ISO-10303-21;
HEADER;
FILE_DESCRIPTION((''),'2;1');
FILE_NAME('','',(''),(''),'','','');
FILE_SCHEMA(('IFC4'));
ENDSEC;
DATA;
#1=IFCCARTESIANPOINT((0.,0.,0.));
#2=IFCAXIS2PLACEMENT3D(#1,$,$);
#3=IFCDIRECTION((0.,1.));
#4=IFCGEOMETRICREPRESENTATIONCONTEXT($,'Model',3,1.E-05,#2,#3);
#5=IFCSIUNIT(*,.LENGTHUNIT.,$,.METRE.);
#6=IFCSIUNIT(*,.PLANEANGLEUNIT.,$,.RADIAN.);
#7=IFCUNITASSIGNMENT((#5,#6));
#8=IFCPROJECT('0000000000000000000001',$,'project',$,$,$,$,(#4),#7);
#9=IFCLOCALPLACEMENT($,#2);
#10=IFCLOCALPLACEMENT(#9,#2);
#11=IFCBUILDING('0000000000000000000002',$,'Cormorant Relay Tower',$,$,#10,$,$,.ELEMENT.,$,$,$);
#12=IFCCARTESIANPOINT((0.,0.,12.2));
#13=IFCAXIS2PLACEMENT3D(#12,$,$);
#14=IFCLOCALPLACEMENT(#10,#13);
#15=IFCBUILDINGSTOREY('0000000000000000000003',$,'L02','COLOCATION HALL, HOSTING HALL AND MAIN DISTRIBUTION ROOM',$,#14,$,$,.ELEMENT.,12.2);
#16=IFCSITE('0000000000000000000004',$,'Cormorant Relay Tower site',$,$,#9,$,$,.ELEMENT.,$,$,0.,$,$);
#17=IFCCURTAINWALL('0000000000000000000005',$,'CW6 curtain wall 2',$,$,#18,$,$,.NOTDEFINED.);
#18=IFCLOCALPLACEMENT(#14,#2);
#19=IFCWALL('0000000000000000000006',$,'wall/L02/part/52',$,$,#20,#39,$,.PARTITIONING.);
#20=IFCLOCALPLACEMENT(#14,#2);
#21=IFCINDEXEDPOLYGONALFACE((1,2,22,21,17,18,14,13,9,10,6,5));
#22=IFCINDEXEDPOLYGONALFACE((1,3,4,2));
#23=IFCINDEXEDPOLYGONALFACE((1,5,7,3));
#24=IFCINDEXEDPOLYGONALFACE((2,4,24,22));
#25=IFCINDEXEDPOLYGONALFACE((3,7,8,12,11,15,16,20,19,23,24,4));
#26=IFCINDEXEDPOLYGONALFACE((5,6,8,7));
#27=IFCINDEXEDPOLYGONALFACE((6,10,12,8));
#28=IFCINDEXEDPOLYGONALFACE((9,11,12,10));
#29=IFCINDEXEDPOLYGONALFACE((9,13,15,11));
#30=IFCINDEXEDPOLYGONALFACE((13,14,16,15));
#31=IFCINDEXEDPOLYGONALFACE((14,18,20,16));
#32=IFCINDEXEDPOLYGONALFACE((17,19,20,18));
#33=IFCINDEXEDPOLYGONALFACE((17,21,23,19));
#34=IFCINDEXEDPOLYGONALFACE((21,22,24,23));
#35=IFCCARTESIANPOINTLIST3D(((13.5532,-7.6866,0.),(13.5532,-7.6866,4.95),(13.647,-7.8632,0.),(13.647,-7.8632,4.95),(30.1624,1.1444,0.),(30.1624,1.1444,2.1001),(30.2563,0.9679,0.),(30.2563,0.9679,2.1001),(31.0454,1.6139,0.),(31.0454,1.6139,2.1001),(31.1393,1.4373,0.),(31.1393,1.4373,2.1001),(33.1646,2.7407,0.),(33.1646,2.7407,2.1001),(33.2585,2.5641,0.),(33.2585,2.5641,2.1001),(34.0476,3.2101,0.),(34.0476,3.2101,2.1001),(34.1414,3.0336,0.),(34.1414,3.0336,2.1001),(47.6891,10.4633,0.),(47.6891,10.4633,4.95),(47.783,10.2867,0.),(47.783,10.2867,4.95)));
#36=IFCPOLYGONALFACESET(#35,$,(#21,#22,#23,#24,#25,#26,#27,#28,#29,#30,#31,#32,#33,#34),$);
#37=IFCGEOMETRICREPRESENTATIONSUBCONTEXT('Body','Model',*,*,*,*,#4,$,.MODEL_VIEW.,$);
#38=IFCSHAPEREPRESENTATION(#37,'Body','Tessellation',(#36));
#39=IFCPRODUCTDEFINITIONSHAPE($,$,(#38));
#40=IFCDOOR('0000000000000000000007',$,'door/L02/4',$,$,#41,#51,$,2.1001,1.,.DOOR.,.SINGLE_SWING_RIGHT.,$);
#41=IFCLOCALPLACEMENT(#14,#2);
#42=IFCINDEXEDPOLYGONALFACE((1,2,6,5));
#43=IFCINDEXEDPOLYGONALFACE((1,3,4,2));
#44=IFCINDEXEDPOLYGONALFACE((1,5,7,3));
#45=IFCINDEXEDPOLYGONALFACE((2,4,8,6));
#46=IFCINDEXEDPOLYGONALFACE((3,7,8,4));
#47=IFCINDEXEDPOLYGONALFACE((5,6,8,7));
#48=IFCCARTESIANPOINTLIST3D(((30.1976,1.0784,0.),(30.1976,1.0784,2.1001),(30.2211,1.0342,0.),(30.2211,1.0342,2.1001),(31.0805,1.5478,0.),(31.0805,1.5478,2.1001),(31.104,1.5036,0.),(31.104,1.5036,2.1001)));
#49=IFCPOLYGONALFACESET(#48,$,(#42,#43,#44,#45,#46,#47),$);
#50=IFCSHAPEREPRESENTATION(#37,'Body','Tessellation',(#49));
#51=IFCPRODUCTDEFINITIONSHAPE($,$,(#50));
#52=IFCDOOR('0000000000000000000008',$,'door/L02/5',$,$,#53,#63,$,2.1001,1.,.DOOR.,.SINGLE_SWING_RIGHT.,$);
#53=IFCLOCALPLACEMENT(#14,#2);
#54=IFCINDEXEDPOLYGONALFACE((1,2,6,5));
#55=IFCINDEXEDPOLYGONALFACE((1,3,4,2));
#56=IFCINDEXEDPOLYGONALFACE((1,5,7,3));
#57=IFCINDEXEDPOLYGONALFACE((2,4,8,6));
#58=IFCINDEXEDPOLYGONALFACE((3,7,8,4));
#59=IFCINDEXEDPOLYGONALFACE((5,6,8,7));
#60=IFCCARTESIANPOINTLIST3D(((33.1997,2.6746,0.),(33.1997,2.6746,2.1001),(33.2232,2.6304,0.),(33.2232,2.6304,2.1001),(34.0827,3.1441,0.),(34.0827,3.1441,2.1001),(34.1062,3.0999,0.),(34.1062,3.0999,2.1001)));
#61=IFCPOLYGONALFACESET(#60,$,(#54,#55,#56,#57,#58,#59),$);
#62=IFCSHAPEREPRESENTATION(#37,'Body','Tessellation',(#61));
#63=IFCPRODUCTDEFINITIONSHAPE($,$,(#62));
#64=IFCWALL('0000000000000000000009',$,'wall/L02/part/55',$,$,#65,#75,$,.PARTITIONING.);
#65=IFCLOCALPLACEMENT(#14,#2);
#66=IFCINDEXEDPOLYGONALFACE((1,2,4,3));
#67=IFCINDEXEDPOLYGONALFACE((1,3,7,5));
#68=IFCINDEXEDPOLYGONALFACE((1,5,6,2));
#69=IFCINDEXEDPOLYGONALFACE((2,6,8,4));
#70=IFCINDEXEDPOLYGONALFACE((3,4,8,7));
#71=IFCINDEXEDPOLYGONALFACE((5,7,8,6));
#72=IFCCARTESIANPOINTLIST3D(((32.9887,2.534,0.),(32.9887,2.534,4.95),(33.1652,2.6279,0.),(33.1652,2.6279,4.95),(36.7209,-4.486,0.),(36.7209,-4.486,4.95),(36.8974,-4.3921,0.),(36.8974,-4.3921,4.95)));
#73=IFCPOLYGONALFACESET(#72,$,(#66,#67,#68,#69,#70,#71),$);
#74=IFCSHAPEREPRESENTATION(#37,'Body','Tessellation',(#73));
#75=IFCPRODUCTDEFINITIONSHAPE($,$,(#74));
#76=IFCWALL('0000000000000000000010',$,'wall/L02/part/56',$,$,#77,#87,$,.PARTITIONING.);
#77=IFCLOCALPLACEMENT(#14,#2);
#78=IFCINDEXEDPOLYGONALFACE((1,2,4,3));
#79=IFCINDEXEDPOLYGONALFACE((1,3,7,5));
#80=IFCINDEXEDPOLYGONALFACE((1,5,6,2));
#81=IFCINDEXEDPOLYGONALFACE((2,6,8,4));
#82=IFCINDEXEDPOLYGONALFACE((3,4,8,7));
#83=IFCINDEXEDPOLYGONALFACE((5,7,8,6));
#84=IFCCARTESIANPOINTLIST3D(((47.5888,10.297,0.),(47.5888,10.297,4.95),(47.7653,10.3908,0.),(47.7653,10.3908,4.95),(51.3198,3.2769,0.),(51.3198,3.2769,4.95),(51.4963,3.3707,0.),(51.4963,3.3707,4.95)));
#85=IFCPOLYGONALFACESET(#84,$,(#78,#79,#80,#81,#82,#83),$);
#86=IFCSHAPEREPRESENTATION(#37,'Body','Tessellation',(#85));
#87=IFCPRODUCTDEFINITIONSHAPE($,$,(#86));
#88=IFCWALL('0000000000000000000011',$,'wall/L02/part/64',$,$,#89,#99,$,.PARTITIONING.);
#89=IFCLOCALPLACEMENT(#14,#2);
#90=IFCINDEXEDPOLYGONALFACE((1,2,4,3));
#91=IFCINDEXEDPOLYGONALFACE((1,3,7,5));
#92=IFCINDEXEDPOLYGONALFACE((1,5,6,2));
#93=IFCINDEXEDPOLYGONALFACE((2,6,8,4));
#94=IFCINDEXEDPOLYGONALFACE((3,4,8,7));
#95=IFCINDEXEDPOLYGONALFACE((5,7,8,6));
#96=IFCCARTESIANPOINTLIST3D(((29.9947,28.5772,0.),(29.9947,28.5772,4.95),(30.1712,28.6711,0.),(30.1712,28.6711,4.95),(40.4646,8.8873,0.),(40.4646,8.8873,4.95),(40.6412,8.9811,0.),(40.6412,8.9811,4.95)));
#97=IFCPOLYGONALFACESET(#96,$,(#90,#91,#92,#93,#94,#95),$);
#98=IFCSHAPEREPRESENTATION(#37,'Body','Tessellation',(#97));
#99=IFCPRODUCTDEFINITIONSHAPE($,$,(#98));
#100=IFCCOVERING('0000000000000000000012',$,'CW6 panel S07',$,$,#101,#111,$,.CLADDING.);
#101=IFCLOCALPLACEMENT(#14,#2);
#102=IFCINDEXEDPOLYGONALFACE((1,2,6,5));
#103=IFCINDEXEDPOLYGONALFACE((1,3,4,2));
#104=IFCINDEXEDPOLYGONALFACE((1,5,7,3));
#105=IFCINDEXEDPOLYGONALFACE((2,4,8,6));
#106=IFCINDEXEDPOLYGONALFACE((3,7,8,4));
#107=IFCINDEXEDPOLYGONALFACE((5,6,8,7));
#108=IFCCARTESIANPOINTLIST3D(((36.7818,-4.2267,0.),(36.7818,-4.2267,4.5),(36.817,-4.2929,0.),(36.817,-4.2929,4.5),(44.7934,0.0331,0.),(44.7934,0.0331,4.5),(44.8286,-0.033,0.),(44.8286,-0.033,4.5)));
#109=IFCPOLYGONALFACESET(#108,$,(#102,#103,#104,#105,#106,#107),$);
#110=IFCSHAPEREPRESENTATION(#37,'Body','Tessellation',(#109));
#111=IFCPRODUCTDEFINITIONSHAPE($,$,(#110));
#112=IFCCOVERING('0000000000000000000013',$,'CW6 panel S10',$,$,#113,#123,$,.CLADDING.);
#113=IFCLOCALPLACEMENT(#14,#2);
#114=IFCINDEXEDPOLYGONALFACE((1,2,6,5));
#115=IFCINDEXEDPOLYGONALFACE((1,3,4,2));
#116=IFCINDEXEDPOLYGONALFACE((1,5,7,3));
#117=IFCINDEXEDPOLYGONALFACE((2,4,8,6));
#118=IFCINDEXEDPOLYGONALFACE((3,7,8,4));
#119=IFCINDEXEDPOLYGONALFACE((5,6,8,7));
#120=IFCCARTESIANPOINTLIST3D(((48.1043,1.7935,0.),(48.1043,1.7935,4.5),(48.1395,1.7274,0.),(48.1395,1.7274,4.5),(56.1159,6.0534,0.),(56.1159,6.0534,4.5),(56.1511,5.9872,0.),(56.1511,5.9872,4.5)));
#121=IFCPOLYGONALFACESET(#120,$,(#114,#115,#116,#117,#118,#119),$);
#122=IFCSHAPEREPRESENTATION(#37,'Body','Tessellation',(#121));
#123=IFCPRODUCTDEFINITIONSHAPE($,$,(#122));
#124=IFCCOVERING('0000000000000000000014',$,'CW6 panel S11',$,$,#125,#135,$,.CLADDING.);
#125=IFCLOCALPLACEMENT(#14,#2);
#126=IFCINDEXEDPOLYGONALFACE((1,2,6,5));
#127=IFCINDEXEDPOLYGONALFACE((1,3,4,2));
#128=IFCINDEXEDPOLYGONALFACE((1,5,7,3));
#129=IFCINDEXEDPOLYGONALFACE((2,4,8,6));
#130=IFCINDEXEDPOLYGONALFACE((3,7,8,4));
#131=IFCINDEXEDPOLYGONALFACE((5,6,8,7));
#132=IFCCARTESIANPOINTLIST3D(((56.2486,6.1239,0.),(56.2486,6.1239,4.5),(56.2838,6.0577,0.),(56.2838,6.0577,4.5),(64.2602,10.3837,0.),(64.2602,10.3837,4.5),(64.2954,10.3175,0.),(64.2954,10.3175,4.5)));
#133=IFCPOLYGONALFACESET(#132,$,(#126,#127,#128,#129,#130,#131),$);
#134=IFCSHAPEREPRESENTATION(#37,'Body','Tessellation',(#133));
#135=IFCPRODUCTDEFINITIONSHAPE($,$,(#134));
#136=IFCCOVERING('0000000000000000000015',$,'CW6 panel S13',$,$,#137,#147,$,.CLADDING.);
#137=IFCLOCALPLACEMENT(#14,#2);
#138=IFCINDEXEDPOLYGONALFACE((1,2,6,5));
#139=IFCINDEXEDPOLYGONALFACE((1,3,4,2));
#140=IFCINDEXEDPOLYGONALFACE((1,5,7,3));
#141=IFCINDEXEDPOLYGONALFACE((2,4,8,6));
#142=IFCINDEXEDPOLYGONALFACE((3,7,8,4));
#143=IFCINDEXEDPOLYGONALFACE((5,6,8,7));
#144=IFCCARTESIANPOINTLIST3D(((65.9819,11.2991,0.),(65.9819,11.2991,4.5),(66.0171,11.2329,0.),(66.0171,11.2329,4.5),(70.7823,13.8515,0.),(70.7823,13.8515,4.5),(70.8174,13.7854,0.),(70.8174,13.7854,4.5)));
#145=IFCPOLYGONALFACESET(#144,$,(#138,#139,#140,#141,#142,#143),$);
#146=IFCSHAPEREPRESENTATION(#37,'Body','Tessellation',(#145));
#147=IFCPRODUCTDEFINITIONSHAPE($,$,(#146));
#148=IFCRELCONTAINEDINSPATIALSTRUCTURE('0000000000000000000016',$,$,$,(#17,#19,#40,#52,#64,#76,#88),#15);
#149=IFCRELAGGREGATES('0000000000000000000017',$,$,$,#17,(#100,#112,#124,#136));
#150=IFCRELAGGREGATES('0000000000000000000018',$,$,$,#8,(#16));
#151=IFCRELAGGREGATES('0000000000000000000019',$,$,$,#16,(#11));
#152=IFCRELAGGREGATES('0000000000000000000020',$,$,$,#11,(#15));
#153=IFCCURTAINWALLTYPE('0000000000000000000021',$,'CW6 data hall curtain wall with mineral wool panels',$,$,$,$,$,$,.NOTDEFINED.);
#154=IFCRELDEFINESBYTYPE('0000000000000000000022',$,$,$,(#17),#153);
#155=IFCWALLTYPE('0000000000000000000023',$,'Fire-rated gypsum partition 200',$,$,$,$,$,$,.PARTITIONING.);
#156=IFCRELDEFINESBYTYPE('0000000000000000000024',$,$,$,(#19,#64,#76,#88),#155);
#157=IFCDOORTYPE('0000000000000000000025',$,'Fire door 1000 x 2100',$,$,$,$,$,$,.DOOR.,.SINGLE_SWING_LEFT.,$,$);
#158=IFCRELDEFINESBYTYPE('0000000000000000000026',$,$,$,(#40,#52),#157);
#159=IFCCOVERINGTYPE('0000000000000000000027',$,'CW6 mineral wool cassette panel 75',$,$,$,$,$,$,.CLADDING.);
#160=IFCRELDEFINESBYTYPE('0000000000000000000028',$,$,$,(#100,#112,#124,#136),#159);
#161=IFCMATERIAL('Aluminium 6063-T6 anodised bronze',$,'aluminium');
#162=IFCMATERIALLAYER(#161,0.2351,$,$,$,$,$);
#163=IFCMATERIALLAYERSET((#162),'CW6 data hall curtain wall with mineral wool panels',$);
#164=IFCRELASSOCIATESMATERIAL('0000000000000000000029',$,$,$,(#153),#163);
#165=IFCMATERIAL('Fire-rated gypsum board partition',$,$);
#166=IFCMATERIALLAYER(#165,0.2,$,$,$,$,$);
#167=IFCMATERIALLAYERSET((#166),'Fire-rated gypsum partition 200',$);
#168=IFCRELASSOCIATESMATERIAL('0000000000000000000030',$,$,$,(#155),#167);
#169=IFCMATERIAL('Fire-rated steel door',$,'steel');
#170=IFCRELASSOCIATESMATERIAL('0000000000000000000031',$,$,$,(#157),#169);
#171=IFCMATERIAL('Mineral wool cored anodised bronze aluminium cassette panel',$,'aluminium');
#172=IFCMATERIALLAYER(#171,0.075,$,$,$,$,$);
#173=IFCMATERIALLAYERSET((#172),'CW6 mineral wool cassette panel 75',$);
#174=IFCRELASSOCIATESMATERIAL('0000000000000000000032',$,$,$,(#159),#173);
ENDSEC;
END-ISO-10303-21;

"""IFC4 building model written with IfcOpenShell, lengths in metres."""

from ifc_helpers import new_model, si_unit, direction, frame, frame_2d, origin, origin_2d, place, context, subcontext, project, spatial, rectangle, extrude, material, layer, layer_set, type_object, element, fill, aggregate, save


model = new_model("IFC4")

# Units and contexts
model_context = context("Model", 3, precision=1e-05, world=origin(), true_north=direction((0.0, 1.0)))
body_context = subcontext(model_context, "Body", "Model", "MODEL_VIEW")
ifc_project = project(units=[si_unit("LENGTHUNIT", "METRE"), si_unit("PLANEANGLEUNIT", "RADIAN")], contexts=[model_context])

# Site, building, storey
site_placement = place(None, origin())
site = spatial("IfcSite", under=ifc_project, at=site_placement, Name="Cormorant Relay Tower site", CompositionType="ELEMENT", RefElevation=0.0)
building_placement = place(site_placement, origin())
building = spatial("IfcBuilding", under=site, at=building_placement, Name="Cormorant Relay Tower", CompositionType="ELEMENT")
storey_placement = place(building_placement, frame((0.0, 0.0, 12.2)))
storey = spatial("IfcBuildingStorey", under=building, at=storey_placement, Name="L02", Description="COLOCATION HALL, HOSTING HALL AND MAIN DISTRIBUTION ROOM", CompositionType="ELEMENT", Elevation=12.2)

# Curtain wall
ifc_material_1 = material(Name="Aluminium 6063-T6 anodised bronze", Category="aluminium")
ifc_layer_1 = layer(ifc_material_1, 0.2351)
ifc_layer_set_1 = layer_set([ifc_layer_1], Name="CW6 data hall curtain wall with mineral wool panels")
curtain_wall_type = type_object("IfcCurtainWallType", Name="CW6 data hall curtain wall with mineral wool panels", PredefinedType="NOTDEFINED", material=ifc_layer_set_1)
curtain_wall_1_placement = place(storey_placement, origin())
curtain_wall_1 = element("IfcCurtainWall", 1, at=curtain_wall_1_placement, inside=storey, type_object=curtain_wall_type, Name="CW6 curtain wall 2", PredefinedType="NOTDEFINED")

# Wall, openings, doors
ifc_material_2 = material(Name="Fire-rated gypsum board partition")
ifc_layer_2 = layer(ifc_material_2, 0.2)
ifc_layer_set_2 = layer_set([ifc_layer_2], Name="Fire-rated gypsum partition 200")
wall_type_1 = type_object("IfcWallType", Name="Fire-rated gypsum partition 200", PredefinedType="PARTITIONING", material=ifc_layer_set_2)
wall_1_placement = place(storey_placement, frame((47.7361, 10.375, 0.0), z_axis=(0.0, 0.0, 1.0), x_axis=(-0.882953, -0.469461, 0.0)))
wall_1 = element("IfcWall", 2, at=wall_1_placement, inside=storey, type_object=wall_type_1, Name="wall/L02/part/52", PredefinedType="PARTITIONING", context=body_context, shape_type="SweptSolid", body=[
    extrude(rectangle(XDim=38.6611, YDim=0.2, at=frame_2d((19.3306, 0.0))), origin(), (0.0, 0.0, 1.0), 4.95),
])
opening_1_placement = place(wall_1_placement, frame((18.8501, 0.0, 0.0)))
opening_1 = element("IfcOpeningElement", 3, at=opening_1_placement, cuts=wall_1, PredefinedType="OPENING", context=body_context, shape_type="SweptSolid", body=[
    extrude(rectangle(XDim=1.0, YDim=2.1001, at=frame_2d((0.5, 1.05))), frame((0.0, 0.1099, 0.0), z_axis=(0.0, -1.0, 0.0), x_axis=(1.0, 0.0, 0.0)), (0.0, 0.0, 1.0), 0.22),
])
opening_2_placement = place(wall_1_placement, frame((15.45, 0.0, 0.0)))
opening_2 = element("IfcOpeningElement", 4, at=opening_2_placement, cuts=wall_1, PredefinedType="OPENING", context=body_context, shape_type="SweptSolid", body=[
    extrude(rectangle(XDim=1.0, YDim=2.1001, at=frame_2d((0.5, 1.05))), frame((0.0, 0.1099, 0.0), z_axis=(0.0, -1.0, 0.0), x_axis=(1.0, 0.0, 0.0)), (0.0, 0.0, 1.0), 0.22),
])
ifc_material_3 = material(Name="Fire-rated steel door", Category="steel")
door_type_1 = type_object("IfcDoorType", Name="Fire door 1000 x 2100", OperationType="SINGLE_SWING_LEFT", PredefinedType="DOOR", material=ifc_material_3)
door_1_placement = place(opening_1_placement, origin())
door_1 = element("IfcDoor", 5, at=door_1_placement, inside=storey, type_object=door_type_1, Name="door/L02/4", OperationType="SINGLE_SWING_RIGHT", OverallHeight=2.1001, OverallWidth=1.0, PredefinedType="DOOR", context=body_context, shape_type="SweptSolid", body=[
    extrude(rectangle(XDim=1.0, YDim=2.1001, at=frame_2d((0.5, 1.05))), frame((0.0, 0.0249, 0.0), z_axis=(0.0, -1.0, 0.0), x_axis=(1.0, 0.0, 0.0)), (0.0, 0.0, 1.0), 0.05),
])
fill(opening_1, door_1)
door_2_placement = place(opening_2_placement, origin())
door_2 = element("IfcDoor", 6, at=door_2_placement, inside=storey, type_object=door_type_1, Name="door/L02/5", OperationType="SINGLE_SWING_RIGHT", OverallHeight=2.1001, OverallWidth=1.0, PredefinedType="DOOR", context=body_context, shape_type="SweptSolid", body=[
    extrude(rectangle(XDim=1.0, YDim=2.1001, at=frame_2d((0.5, 1.05))), frame((0.0, 0.0249, 0.0), z_axis=(0.0, -1.0, 0.0), x_axis=(1.0, 0.0, 0.0)), (0.0, 0.0, 1.0), 0.05),
])
fill(opening_2, door_2)

# Walls
wall_2_placement = place(storey_placement, frame((36.8091, -4.439, 0.0), z_axis=(0.0, 0.0, 1.0), x_axis=(-0.469429, 0.88297, 0.0)))
element("IfcWall", 7, at=wall_2_placement, inside=storey, type_object=wall_type_1, Name="wall/L02/part/55", PredefinedType="PARTITIONING", context=body_context, shape_type="SweptSolid", body=[
    extrude(rectangle(XDim=7.9504, YDim=0.2, at=frame_2d((3.9751, 0.0))), origin(), (0.0, 0.0, 1.0), 4.95),
])
wall_3_placement = place(storey_placement, frame((47.677, 10.344, 0.0), z_axis=(0.0, 0.0, 1.0), x_axis=(0.469309, -0.883034, 0.0)))
element("IfcWall", 8, at=wall_3_placement, inside=storey, type_object=wall_type_1, Name="wall/L02/part/56", PredefinedType="PARTITIONING", context=body_context, shape_type="SweptSolid", body=[
    extrude(rectangle(XDim=7.95, YDim=0.2, at=frame_2d((3.9751, 0.0))), origin(), (0.0, 0.0, 1.0), 4.95),
])
wall_4_placement = place(storey_placement, frame((40.553, 8.9341, 0.0), z_axis=(0.0, 0.0, 1.0), x_axis=(-0.469494, 0.882936, 0.0)))
element("IfcWall", 9, at=wall_4_placement, inside=storey, type_object=wall_type_1, Name="wall/L02/part/64", PredefinedType="PARTITIONING", context=body_context, shape_type="SweptSolid", body=[
    extrude(rectangle(XDim=22.3005, YDim=0.2, at=frame_2d((11.1504, 0.0))), origin(), (0.0, 0.0, 1.0), 4.95),
])

# Coverings
ifc_material_4 = material(Name="Mineral wool cored anodised bronze aluminium cassette panel", Category="aluminium")
ifc_layer_3 = layer(ifc_material_4, 0.075)
ifc_layer_set_3 = layer_set([ifc_layer_3], Name="CW6 mineral wool cassette panel 75")
covering_type = type_object("IfcCoveringType", Name="CW6 mineral wool cassette panel 75", PredefinedType="CLADDING", material=ifc_layer_set_3)
covering_1_placement = place(storey_placement, frame((40.8052, -2.1299, 0.0), z_axis=(0.0, 0.0, 1.0), x_axis=(0.882948, 0.469472, 0.0)))
covering_1 = element("IfcCovering", 10, at=covering_1_placement, type_object=covering_type, Name="CW6 panel S07", PredefinedType="CLADDING", context=body_context, shape_type="SweptSolid", body=[
    extrude(rectangle(XDim=9.0737, YDim=0.075, at=origin_2d()), origin(), (0.0, 0.0, 1.0), 4.5),
])
covering_2_placement = place(storey_placement, frame((52.1277, 3.8904, 0.0), z_axis=(0.0, 0.0, 1.0), x_axis=(0.882948, 0.469472, 0.0)))
covering_2 = element("IfcCovering", 11, at=covering_2_placement, type_object=covering_type, Name="CW6 panel S10", PredefinedType="CLADDING", context=body_context, shape_type="SweptSolid", body=[
    extrude(rectangle(XDim=9.0737, YDim=0.075, at=origin_2d()), origin(), (0.0, 0.0, 1.0), 4.5),
])
covering_3_placement = place(storey_placement, frame((60.272, 8.2207, 0.0), z_axis=(0.0, 0.0, 1.0), x_axis=(0.882948, 0.469472, 0.0)))
covering_3 = element("IfcCovering", 12, at=covering_3_placement, type_object=covering_type, Name="CW6 panel S11", PredefinedType="CLADDING", context=body_context, shape_type="SweptSolid", body=[
    extrude(rectangle(XDim=9.0737, YDim=0.075, at=origin_2d()), origin(), (0.0, 0.0, 1.0), 4.5),
])
covering_4_placement = place(storey_placement, frame((68.3997, 12.5422, 0.0), z_axis=(0.0, 0.0, 1.0), x_axis=(0.882948, 0.469472, 0.0)))
covering_4 = element("IfcCovering", 13, at=covering_4_placement, type_object=covering_type, Name="CW6 panel S13", PredefinedType="CLADDING", context=body_context, shape_type="SweptSolid", body=[
    extrude(rectangle(XDim=5.4368, YDim=0.075, at=origin_2d()), origin(), (0.0, 0.0, 1.0), 4.5),
])
aggregate(curtain_wall_1, [covering_1, covering_2, covering_3, covering_4])

save(model, "model.ifc")
